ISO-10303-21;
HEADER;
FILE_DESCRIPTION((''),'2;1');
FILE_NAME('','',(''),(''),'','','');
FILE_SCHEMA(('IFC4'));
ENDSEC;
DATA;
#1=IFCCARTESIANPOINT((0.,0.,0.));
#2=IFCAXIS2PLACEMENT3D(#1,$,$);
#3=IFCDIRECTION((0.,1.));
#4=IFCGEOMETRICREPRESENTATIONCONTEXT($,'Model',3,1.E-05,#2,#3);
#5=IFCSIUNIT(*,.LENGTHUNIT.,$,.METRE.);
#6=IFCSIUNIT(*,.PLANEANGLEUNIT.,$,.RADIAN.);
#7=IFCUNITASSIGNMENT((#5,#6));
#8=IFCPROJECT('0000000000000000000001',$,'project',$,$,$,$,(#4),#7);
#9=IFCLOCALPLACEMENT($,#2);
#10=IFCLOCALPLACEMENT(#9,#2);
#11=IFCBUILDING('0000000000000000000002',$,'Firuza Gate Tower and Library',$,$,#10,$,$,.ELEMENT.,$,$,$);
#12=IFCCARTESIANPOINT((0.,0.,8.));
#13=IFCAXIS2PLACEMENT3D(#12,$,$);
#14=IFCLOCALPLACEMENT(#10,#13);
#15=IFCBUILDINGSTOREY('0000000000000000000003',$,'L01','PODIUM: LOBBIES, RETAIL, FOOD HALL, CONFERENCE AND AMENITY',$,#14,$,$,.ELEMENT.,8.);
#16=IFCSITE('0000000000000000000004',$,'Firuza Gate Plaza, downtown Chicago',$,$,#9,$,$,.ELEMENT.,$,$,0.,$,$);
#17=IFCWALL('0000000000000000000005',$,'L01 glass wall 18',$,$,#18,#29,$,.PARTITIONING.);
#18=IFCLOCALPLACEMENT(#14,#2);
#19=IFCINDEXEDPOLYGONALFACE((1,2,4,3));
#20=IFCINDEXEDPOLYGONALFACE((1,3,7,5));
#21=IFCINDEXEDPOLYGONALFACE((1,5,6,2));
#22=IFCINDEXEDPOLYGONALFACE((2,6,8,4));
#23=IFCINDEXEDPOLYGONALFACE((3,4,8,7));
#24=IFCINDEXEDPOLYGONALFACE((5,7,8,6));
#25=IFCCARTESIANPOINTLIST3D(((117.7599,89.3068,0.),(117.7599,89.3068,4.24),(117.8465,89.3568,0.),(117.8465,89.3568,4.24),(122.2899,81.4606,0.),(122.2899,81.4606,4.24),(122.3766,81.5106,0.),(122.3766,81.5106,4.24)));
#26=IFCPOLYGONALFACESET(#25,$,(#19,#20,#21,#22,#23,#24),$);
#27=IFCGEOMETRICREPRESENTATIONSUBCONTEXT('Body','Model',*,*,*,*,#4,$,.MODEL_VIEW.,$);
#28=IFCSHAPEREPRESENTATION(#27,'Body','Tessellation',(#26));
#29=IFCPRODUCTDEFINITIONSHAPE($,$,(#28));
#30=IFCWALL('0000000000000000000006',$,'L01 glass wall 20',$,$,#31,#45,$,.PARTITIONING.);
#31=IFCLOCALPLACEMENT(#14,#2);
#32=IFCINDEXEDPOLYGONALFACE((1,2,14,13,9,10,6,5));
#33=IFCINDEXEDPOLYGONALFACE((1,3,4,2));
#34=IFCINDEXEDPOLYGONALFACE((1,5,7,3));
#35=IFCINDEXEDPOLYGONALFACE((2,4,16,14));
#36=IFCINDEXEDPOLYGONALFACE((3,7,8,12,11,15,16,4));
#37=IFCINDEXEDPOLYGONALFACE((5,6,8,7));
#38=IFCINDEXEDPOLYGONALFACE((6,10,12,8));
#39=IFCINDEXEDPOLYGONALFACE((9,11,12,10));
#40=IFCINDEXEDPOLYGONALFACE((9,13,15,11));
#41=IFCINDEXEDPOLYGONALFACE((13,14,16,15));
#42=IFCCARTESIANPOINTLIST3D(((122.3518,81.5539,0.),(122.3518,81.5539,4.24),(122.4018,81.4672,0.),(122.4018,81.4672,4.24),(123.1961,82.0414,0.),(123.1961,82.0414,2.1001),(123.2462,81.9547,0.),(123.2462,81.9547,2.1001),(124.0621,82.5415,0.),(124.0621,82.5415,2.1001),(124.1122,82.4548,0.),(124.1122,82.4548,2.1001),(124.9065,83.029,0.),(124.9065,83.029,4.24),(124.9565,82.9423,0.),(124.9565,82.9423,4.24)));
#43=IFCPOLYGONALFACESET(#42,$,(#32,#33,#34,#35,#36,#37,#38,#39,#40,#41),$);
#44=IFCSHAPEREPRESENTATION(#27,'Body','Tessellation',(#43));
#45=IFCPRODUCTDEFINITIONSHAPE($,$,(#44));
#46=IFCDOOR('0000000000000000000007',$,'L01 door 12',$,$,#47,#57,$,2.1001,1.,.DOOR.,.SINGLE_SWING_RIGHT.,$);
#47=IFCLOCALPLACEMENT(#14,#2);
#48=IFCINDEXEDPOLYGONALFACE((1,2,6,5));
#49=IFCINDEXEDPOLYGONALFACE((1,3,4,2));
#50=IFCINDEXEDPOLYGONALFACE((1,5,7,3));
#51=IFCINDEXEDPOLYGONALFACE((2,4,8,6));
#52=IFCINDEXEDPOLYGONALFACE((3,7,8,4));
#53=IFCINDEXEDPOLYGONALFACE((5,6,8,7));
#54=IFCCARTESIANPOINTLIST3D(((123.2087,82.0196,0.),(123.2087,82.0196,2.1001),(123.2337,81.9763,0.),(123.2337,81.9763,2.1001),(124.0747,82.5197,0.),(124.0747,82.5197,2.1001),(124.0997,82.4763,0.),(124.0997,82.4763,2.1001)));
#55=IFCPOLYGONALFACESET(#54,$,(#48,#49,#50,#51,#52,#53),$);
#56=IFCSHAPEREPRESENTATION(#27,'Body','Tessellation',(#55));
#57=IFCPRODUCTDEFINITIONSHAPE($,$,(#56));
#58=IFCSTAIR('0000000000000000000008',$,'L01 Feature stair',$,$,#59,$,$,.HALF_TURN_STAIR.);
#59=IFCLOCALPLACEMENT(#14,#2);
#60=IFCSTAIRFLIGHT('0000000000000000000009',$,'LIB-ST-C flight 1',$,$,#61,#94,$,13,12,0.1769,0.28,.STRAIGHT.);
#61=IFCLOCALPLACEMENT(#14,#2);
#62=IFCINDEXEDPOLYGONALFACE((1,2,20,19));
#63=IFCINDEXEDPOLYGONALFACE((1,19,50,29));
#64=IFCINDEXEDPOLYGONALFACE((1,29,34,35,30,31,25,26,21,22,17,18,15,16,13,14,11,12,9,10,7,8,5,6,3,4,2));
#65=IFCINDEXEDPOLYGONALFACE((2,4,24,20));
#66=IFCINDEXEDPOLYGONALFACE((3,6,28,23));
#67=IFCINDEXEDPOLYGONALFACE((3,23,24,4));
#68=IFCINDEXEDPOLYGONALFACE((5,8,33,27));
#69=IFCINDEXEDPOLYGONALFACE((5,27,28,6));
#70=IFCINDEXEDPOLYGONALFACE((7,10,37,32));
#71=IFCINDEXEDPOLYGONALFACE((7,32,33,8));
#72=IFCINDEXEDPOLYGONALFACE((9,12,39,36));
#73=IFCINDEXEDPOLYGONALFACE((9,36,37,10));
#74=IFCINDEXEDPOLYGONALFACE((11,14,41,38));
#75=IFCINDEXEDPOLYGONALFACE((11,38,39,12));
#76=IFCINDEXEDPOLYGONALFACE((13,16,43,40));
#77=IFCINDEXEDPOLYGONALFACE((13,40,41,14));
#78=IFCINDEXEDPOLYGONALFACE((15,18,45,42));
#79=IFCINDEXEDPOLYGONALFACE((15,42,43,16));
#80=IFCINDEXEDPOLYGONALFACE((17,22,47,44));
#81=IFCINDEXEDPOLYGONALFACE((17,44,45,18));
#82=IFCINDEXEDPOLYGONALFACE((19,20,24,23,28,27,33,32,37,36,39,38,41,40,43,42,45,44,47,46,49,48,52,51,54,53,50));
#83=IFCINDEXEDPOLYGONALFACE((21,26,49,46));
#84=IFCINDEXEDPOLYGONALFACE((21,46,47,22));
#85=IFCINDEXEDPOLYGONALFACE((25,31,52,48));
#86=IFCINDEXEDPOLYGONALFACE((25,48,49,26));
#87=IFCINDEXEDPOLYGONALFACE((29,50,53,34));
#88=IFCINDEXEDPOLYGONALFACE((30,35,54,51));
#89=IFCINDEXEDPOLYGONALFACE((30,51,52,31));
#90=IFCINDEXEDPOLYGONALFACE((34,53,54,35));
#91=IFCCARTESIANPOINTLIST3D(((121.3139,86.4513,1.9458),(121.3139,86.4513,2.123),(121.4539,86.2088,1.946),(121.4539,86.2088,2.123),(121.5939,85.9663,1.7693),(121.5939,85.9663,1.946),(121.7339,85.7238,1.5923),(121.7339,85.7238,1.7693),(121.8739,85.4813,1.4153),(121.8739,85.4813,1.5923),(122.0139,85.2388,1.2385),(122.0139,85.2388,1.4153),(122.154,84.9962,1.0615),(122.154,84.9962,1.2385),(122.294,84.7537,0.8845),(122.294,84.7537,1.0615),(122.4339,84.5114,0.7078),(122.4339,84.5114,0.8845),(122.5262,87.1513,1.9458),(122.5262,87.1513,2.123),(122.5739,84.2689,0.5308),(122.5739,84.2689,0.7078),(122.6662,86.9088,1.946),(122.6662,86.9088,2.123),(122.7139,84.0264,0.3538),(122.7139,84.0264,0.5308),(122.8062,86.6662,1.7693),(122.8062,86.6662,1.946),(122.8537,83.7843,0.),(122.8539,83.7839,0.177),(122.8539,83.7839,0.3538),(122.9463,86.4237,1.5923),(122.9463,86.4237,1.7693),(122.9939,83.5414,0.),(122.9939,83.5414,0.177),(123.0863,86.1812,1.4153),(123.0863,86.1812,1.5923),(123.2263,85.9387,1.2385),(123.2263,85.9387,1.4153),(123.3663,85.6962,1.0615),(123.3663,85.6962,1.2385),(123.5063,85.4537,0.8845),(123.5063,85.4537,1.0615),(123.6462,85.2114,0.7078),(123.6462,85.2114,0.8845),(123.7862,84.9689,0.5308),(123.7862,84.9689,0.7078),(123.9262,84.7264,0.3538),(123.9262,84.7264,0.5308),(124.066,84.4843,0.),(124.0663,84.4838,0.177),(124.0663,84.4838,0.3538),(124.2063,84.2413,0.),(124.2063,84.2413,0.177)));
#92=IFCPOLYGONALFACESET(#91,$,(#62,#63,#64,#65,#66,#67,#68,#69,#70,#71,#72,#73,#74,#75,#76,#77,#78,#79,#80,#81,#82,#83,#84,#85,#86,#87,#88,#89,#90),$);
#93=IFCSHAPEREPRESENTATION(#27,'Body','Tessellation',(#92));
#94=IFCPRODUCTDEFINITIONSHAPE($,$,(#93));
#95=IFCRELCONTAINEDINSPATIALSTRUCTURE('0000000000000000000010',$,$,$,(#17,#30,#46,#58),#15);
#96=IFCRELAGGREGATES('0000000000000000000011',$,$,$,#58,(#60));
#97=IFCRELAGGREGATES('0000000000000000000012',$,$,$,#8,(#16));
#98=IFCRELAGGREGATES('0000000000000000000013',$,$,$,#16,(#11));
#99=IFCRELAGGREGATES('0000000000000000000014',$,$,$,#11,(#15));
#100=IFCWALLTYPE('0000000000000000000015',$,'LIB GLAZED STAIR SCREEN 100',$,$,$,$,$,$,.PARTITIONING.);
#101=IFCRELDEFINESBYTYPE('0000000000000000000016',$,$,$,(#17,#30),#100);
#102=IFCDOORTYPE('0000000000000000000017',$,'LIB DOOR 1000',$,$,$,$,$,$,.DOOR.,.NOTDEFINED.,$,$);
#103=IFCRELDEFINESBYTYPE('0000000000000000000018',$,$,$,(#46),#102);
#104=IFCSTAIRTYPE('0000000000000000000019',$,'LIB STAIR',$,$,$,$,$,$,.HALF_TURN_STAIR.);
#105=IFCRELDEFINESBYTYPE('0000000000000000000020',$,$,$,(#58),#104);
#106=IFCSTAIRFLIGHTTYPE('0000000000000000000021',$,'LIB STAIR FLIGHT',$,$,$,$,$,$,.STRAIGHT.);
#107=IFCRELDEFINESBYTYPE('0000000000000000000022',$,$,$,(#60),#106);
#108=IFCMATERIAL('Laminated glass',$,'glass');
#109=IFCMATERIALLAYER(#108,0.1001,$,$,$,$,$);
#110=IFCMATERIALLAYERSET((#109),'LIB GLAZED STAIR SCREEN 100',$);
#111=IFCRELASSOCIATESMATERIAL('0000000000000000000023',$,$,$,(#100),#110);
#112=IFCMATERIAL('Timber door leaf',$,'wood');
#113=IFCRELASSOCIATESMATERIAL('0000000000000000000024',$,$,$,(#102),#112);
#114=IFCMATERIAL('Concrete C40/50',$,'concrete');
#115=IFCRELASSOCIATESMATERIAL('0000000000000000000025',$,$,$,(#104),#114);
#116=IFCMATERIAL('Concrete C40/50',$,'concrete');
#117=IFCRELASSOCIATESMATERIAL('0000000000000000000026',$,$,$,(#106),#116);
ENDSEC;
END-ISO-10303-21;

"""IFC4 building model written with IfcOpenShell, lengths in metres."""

from ifc_helpers import new_model, si_unit, direction, frame, frame_2d, origin, place, context, subcontext, project, spatial, polyline, rectangle, outline, extrude, material, layer, layer_set, type_object, element, fill, aggregate, save


model = new_model("IFC4")

# Units and contexts
model_context = context("Model", 3, precision=1e-05, world=origin(), true_north=direction((0.0, 1.0)))
body_context = subcontext(model_context, "Body", "Model", "MODEL_VIEW")
ifc_project = project(units=[si_unit("LENGTHUNIT", "METRE"), si_unit("PLANEANGLEUNIT", "RADIAN")], contexts=[model_context])

# Site, building, storey
site_placement = place(None, origin())
site = spatial("IfcSite", under=ifc_project, at=site_placement, Name="Firuza Gate Plaza, downtown Chicago", CompositionType="ELEMENT", RefElevation=0.0)
building_placement = place(site_placement, origin())
building = spatial("IfcBuilding", under=site, at=building_placement, Name="Firuza Gate Tower and Library", CompositionType="ELEMENT")
storey_placement = place(building_placement, frame((0.0, 0.0, 8.0)))
storey = spatial("IfcBuildingStorey", under=building, at=storey_placement, Name="L01", Description="PODIUM: LOBBIES, RETAIL, FOOD HALL, CONFERENCE AND AMENITY", CompositionType="ELEMENT", Elevation=8.0)

# Shared definitions
placement = place(storey_placement, origin())

# Wall
ifc_material_1 = material(Name="Laminated glass", Category="glass")
ifc_layer_1 = layer(ifc_material_1, 0.1001)
ifc_layer_set_1 = layer_set([ifc_layer_1], Name="LIB GLAZED STAIR SCREEN 100")
wall_type_1 = type_object("IfcWallType", Name="LIB GLAZED STAIR SCREEN 100", PredefinedType="PARTITIONING", material=ifc_layer_set_1)
wall_1_placement = place(storey_placement, frame((122.3333, 81.4856, 0.0), z_axis=(0.0, 0.0, 1.0), x_axis=(-0.500002, 0.866024, 0.0)))
element("IfcWall", 1, at=wall_1_placement, inside=storey, type_object=wall_type_1, Name="L01 glass wall 18", PredefinedType="PARTITIONING", context=body_context, shape_type="SweptSolid", body=[
    extrude(rectangle(XDim=9.0601, YDim=0.1001, at=frame_2d((4.53, 0.0))), origin(), (0.0, 0.0, 1.0), 4.24),
])

# Wall, opening, door
wall_2_placement = place(storey_placement, frame((122.3767, 81.5105, 0.0), z_axis=(0.0, 0.0, 1.0), x_axis=(0.866004, 0.500038, 0.0)))
wall_2 = element("IfcWall", 2, at=wall_2_placement, inside=storey, type_object=wall_type_1, Name="L01 glass wall 20", PredefinedType="PARTITIONING", context=body_context, shape_type="SweptSolid", body=[
    extrude(rectangle(XDim=2.95, YDim=0.1001, at=frame_2d((1.4751, 0.0))), origin(), (0.0, 0.0, 1.0), 4.24),
])
opening_1_placement = place(wall_2_placement, frame((0.9751, 0.0, 0.0)))
opening_1 = element("IfcOpeningElement", 3, at=opening_1_placement, cuts=wall_2, PredefinedType="OPENING", context=body_context, shape_type="SweptSolid", body=[
    extrude(rectangle(XDim=1.0, YDim=2.1001, at=frame_2d((0.5, 1.05))), frame((0.0, 0.0601, 0.0), z_axis=(0.0, -1.0, 0.0), x_axis=(1.0, 0.0, 0.0)), (0.0, 0.0, 1.0), 0.1201),
])
ifc_material_2 = material(Name="Timber door leaf", Category="wood")
door_type_1 = type_object("IfcDoorType", Name="LIB DOOR 1000", OperationType="NOTDEFINED", PredefinedType="DOOR", material=ifc_material_2)
door_1_placement = place(opening_1_placement, origin())
door_1 = element("IfcDoor", 4, at=door_1_placement, inside=storey, type_object=door_type_1, Name="L01 door 12", OperationType="SINGLE_SWING_RIGHT", OverallHeight=2.1001, OverallWidth=1.0, PredefinedType="DOOR", context=body_context, shape_type="SweptSolid", body=[
    extrude(rectangle(XDim=1.0, YDim=2.1001, at=frame_2d((0.5, 1.05))), frame((0.0, 0.0249, 0.0), z_axis=(0.0, -1.0, 0.0), x_axis=(1.0, 0.0, 0.0)), (0.0, 0.0, 1.0), 0.05),
])
fill(opening_1, door_1)

# Stair, stair flight
ifc_material_3 = material(Name="Concrete C40/50", Category="concrete")
stair_type = type_object("IfcStairType", Name="LIB STAIR", PredefinedType="HALF_TURN_STAIR", material=ifc_material_3)
stair = element("IfcStair", 5, at=placement, inside=storey, type_object=stair_type, Name="L01 Feature stair", PredefinedType="HALF_TURN_STAIR")
ifc_material_4 = material(Name="Concrete C40/50", Category="concrete")
stair_flight_type = type_object("IfcStairFlightType", Name="LIB STAIR FLIGHT", PredefinedType="STRAIGHT", material=ifc_material_4)
stair_flight_placement = place(storey_placement, frame((123.6001, 83.8914, 0.0), z_axis=(0.0, 0.0, 1.0), x_axis=(-0.5, 0.866025, 0.0)))
stair_flight = element("IfcStairFlight", 6, at=stair_flight_placement, type_object=stair_flight_type, Name="LIB-ST-C flight 1", NumberOfRisers=13, NumberOfTreads=12, PredefinedType="STRAIGHT", RiserHeight=0.1769, TreadLength=0.28, context=body_context, shape_type="SweptSolid", body=[
    extrude(outline(polyline([(0.0, 0.0), (0.0, 0.177), (0.28, 0.177), (0.28, 0.3538), (0.5601, 0.3538), (0.5601, 0.5308), (0.8401, 0.5308), (0.8401, 0.7078), (1.1201, 0.7078), (1.1201, 0.8845), (1.3999, 0.8845), (1.3999, 1.0615), (1.6799, 1.0615), (1.6799, 1.2385), (1.96, 1.2385), (1.96, 1.4153), (2.24, 1.4153), (2.24, 1.5923), (2.52, 1.5923), (2.52, 1.7693), (2.8, 1.7693), (2.8, 1.946), (3.0801, 1.946), (3.0801, 2.123), (3.3601, 2.123), (3.3601, 2.3), (3.3601, 1.9458), (0.2805, 0.0), (0.0, 0.0)])), frame((0.0, 0.7, 0.0), z_axis=(0.0, -1.0, 0.0), x_axis=(1.0, 0.0, 0.0)), (0.0, 0.0, 1.0), 1.3999),
])
aggregate(stair, [stair_flight])

save(model, "model.ifc")
